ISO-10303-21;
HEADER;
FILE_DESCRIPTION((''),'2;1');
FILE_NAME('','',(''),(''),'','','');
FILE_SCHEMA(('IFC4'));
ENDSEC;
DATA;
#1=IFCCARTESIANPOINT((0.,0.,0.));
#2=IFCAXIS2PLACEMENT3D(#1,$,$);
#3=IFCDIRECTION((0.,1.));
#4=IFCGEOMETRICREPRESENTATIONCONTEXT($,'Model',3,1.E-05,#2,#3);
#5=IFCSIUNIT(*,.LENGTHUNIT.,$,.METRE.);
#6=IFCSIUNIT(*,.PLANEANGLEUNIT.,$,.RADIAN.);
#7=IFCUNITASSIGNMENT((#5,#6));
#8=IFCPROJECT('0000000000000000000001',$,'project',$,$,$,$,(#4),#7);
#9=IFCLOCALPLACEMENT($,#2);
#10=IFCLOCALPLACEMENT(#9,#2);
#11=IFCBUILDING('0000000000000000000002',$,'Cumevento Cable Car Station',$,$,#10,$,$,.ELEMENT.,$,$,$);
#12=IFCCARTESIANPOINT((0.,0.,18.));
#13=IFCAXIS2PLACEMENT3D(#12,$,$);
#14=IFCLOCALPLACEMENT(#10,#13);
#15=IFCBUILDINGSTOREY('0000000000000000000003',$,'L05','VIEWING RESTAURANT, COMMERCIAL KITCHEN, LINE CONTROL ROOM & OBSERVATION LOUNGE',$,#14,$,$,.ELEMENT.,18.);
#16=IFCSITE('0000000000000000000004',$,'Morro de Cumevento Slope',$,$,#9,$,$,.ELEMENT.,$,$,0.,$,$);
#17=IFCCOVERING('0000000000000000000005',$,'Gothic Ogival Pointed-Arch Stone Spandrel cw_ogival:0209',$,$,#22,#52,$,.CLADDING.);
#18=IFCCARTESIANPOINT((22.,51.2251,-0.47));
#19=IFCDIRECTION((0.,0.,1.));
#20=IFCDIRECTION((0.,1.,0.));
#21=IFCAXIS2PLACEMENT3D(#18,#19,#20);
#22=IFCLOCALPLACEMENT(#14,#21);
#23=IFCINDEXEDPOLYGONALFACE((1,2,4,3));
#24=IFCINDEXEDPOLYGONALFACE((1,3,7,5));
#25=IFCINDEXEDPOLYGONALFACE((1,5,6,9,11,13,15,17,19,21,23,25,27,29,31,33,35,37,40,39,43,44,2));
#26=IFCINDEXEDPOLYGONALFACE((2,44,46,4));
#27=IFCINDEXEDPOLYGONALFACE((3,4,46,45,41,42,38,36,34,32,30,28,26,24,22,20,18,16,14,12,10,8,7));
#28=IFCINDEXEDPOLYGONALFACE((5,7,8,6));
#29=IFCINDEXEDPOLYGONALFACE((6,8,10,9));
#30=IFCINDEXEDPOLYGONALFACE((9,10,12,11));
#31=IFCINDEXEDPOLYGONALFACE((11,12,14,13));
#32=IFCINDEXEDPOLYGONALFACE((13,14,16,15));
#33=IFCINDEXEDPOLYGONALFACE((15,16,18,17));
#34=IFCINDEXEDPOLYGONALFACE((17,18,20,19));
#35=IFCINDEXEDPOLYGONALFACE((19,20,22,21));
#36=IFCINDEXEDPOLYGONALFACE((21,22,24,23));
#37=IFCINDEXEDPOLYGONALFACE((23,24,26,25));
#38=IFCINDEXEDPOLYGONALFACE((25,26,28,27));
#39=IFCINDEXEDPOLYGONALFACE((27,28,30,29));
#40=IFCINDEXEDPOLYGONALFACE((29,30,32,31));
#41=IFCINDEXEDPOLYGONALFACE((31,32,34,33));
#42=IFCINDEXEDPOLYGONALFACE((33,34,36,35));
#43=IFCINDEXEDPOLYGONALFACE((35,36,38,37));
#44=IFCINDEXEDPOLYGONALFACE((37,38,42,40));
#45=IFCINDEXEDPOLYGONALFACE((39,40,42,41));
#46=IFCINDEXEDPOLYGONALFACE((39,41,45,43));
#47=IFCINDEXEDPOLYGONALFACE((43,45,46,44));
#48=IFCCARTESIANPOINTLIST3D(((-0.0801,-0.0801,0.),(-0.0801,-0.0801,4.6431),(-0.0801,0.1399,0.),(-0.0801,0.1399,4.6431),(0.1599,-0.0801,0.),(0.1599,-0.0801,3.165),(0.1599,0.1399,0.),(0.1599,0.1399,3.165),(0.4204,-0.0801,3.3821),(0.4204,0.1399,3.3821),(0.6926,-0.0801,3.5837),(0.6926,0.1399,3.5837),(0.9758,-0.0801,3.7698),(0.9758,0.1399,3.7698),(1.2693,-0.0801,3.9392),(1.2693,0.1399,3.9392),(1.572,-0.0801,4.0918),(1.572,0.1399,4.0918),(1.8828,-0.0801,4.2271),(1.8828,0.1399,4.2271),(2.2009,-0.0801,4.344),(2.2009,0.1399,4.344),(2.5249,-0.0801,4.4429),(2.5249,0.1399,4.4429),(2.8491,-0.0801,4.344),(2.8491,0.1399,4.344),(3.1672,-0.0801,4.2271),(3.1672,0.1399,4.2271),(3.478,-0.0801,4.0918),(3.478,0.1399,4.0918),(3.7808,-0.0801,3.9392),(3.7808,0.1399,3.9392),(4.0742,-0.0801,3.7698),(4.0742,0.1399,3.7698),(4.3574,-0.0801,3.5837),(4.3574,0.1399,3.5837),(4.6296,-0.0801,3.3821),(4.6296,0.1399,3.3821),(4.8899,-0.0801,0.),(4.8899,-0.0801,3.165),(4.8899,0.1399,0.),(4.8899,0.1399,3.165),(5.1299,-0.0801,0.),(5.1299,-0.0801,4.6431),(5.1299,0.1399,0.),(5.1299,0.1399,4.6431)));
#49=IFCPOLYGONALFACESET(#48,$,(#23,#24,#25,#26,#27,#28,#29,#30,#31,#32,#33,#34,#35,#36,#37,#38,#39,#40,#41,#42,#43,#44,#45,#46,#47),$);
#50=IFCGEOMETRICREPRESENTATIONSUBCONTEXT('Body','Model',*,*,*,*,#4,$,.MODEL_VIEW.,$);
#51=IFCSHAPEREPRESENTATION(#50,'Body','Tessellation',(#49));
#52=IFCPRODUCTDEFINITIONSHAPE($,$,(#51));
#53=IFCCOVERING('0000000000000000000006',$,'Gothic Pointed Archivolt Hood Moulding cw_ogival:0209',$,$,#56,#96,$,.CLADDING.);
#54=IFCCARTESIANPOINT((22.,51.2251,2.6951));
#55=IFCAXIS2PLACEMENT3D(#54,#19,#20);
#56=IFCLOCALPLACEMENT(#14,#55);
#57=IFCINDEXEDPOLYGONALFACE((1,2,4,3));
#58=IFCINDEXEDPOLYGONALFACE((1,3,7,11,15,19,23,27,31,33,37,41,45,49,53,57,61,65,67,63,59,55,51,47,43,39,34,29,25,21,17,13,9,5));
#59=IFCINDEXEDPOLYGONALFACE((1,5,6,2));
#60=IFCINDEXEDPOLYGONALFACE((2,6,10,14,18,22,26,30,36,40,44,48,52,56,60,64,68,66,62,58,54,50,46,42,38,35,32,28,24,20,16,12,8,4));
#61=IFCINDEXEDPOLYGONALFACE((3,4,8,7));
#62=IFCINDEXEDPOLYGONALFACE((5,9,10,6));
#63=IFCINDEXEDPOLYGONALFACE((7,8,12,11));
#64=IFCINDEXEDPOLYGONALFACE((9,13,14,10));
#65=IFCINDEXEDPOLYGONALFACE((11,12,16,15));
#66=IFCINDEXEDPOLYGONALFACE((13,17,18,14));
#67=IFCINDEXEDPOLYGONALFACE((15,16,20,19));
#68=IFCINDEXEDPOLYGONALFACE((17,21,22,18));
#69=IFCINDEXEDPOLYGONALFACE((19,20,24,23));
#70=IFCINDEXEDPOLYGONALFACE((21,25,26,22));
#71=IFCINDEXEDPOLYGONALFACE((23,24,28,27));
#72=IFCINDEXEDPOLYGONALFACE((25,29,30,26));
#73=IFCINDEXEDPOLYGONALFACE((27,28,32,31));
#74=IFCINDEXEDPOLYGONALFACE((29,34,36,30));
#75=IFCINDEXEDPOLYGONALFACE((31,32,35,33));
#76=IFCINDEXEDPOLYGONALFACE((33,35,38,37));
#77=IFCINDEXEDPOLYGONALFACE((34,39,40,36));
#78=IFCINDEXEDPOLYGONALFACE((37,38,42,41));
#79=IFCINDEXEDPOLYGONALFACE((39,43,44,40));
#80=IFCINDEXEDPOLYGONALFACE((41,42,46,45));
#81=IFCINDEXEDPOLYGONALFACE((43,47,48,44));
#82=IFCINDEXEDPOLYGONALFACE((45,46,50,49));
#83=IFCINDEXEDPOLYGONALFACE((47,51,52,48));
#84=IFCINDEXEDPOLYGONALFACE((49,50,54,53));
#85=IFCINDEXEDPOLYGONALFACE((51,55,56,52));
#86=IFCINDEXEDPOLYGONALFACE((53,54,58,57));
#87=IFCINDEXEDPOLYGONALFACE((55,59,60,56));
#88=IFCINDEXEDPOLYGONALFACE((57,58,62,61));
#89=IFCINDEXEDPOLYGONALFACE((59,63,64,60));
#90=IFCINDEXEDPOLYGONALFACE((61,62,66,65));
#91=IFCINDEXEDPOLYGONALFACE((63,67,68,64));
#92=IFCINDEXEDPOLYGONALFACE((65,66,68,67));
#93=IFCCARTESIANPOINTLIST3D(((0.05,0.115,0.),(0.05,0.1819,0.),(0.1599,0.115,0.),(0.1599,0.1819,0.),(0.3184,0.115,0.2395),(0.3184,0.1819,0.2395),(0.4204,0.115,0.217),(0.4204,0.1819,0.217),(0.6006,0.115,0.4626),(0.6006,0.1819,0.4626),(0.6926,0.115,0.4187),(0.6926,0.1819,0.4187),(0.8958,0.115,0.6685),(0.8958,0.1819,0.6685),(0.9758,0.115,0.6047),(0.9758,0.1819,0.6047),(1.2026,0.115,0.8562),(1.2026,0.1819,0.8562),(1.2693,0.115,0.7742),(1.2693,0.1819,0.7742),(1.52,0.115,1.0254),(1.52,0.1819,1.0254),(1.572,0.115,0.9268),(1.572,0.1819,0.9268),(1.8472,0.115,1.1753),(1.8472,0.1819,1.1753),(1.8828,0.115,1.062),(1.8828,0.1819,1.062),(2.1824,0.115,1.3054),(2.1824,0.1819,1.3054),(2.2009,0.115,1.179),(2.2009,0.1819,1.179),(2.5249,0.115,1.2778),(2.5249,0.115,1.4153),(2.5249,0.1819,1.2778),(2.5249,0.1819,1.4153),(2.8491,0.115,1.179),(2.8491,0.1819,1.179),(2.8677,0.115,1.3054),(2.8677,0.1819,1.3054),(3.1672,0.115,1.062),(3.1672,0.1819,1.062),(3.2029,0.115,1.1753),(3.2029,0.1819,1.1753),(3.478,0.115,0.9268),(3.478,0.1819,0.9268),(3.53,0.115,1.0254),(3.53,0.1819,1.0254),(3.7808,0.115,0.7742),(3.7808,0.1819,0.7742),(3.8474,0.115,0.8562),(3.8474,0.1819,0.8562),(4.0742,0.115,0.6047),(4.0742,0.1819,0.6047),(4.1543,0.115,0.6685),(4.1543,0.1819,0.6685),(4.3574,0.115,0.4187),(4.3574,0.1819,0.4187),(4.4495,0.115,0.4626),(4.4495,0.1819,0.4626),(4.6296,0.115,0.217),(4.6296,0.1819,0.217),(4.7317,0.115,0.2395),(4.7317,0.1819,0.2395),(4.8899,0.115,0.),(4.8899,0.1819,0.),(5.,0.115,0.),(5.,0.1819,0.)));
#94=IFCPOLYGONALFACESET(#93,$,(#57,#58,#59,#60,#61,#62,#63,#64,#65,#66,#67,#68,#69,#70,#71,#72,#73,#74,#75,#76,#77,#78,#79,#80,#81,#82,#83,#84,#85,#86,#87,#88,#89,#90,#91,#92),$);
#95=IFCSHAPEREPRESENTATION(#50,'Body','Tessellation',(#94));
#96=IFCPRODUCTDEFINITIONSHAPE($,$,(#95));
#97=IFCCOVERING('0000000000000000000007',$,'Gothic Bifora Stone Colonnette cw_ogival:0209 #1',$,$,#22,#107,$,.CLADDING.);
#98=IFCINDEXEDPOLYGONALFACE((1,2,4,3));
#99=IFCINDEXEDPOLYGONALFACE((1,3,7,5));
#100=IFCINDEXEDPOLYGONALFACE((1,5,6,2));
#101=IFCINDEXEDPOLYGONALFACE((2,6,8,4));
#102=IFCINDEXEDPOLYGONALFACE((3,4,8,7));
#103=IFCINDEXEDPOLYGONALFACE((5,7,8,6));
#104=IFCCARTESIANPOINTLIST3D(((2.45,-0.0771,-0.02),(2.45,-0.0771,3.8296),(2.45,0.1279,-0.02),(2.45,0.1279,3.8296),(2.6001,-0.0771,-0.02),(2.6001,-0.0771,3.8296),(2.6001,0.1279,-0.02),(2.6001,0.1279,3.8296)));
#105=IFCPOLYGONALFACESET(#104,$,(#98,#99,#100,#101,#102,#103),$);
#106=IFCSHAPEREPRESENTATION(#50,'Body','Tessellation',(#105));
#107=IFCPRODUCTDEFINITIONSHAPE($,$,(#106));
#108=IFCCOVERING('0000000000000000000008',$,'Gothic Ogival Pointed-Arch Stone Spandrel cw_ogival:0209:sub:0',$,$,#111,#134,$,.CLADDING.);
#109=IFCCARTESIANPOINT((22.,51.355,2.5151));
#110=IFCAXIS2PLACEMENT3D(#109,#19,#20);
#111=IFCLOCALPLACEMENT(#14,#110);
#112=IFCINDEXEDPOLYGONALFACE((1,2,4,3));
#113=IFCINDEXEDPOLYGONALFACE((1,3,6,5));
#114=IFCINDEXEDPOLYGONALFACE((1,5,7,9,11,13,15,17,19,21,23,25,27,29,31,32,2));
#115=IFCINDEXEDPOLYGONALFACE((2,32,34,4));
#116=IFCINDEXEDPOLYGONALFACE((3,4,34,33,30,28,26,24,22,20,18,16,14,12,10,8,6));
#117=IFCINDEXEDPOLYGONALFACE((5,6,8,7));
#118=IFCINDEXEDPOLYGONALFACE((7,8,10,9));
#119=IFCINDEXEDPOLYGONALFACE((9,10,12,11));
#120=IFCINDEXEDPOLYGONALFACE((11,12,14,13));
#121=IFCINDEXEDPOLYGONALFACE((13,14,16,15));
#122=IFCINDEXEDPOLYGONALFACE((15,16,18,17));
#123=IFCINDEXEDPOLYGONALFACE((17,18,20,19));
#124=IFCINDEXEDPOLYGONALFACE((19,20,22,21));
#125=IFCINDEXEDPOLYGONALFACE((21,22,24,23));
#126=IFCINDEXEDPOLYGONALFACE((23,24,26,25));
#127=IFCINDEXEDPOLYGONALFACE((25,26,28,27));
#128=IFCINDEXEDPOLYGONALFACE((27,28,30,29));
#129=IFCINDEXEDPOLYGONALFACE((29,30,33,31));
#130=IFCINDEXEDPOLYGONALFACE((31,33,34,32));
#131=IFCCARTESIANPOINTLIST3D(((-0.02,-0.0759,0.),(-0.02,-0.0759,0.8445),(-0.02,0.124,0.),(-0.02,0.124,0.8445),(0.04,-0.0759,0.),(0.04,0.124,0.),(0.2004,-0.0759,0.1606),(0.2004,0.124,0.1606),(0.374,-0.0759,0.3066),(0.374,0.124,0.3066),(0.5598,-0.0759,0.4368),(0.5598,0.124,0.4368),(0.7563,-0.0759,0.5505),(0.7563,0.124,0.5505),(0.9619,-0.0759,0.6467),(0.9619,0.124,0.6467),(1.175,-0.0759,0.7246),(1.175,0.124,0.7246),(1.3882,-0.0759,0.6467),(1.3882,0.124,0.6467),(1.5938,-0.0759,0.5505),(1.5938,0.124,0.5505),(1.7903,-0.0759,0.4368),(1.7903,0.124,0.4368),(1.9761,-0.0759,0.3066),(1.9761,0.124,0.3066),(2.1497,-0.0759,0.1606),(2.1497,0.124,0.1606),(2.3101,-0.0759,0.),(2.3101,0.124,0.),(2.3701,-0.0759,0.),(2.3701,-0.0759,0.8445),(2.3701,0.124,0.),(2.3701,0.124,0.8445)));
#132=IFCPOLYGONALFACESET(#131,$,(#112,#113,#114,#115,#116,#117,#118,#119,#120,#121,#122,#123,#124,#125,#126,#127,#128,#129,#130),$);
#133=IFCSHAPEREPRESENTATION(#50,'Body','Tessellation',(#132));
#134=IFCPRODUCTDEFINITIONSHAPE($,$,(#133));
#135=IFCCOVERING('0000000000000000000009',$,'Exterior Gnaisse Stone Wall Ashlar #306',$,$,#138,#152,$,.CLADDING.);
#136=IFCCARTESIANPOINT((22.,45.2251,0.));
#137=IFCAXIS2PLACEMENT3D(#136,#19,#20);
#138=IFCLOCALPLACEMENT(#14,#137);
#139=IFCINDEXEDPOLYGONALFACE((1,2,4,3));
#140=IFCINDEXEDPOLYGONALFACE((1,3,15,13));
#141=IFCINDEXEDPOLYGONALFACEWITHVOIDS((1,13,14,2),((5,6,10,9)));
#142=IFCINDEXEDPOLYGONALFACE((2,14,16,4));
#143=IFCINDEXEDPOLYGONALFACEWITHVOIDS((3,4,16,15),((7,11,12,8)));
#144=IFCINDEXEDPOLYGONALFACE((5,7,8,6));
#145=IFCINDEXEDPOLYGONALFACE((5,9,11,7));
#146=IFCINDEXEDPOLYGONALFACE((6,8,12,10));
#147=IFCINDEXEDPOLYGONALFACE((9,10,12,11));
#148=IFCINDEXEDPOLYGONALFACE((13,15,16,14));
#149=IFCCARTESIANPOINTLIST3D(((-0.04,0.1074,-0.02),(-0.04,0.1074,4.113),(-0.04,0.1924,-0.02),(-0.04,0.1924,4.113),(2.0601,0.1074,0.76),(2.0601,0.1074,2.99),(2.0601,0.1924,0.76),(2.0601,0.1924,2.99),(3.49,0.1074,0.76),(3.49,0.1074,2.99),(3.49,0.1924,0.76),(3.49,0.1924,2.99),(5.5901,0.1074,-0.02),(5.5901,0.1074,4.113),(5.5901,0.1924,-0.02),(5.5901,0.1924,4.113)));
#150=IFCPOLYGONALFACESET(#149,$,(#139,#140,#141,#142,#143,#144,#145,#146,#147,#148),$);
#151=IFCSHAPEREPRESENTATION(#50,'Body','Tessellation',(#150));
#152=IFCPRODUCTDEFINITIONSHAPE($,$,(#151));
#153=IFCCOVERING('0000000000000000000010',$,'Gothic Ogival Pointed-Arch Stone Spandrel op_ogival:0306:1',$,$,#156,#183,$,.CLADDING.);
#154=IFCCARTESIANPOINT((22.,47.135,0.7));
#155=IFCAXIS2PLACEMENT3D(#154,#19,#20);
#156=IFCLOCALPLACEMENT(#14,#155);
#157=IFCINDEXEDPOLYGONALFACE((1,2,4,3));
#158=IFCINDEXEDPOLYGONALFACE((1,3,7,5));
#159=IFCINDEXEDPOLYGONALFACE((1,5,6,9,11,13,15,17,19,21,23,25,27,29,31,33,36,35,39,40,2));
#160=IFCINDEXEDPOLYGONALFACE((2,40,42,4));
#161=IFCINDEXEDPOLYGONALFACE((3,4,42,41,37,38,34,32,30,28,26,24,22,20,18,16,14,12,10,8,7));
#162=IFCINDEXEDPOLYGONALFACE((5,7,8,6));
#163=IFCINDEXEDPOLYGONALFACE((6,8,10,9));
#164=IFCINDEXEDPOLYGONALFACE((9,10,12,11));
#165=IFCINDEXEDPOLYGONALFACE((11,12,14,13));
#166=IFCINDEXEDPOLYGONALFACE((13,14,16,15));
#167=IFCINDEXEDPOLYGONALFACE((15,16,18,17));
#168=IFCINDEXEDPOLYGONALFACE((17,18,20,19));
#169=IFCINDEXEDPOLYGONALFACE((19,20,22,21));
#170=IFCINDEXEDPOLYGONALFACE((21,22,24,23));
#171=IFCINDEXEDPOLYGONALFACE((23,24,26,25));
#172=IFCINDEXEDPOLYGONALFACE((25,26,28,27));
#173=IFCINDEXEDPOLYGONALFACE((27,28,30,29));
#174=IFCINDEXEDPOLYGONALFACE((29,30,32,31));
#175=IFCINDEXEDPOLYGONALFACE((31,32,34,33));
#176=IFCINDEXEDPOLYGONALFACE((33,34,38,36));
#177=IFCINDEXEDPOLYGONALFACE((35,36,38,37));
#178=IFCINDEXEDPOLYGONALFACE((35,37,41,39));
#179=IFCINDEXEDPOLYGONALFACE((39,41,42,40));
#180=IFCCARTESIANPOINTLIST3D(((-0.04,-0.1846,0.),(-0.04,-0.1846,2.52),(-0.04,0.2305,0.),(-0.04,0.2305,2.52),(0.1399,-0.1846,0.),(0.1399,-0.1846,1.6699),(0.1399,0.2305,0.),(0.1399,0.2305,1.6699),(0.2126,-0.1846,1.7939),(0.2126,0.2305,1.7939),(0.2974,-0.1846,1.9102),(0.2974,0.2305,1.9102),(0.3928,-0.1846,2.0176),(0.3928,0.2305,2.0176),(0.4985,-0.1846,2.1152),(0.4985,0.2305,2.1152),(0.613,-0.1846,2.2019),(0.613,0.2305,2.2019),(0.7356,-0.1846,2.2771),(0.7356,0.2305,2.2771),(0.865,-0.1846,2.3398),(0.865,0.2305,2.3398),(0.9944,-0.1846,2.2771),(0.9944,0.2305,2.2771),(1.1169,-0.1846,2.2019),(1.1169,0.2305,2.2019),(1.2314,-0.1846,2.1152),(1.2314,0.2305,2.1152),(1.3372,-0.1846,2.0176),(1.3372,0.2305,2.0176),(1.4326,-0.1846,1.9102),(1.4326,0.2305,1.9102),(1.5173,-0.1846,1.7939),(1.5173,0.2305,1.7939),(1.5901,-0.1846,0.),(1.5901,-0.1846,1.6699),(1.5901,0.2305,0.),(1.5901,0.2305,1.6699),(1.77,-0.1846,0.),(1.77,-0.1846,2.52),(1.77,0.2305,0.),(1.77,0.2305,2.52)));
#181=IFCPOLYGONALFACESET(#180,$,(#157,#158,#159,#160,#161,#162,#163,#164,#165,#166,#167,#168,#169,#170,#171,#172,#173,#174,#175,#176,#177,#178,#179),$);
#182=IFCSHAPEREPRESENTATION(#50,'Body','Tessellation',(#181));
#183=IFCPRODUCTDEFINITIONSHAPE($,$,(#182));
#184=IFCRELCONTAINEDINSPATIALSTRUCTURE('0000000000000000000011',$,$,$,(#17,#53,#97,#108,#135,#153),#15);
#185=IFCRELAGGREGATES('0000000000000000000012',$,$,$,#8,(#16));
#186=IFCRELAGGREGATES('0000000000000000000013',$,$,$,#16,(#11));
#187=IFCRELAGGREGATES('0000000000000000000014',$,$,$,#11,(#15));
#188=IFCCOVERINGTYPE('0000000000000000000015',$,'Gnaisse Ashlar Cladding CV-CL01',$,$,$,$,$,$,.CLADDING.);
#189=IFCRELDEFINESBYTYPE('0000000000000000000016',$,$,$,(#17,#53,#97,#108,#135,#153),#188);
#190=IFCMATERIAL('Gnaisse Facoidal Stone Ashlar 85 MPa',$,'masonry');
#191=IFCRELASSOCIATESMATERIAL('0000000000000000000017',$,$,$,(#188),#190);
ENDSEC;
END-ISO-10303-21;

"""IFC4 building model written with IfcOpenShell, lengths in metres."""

from ifc_helpers import new_model, si_unit, direction, frame, origin, place, context, subcontext, project, spatial, polyline, outline, extrude, material, type_object, element, save


model = new_model("IFC4")

# Units and contexts
model_context = context("Model", 3, precision=1e-05, world=origin(), true_north=direction((0.0, 1.0)))
body_context = subcontext(model_context, "Body", "Model", "MODEL_VIEW")
ifc_project = project(units=[si_unit("LENGTHUNIT", "METRE"), si_unit("PLANEANGLEUNIT", "RADIAN")], contexts=[model_context])

# Site, building, storey
site_placement = place(None, origin())
site = spatial("IfcSite", under=ifc_project, at=site_placement, Name="Morro de Cumevento Slope", CompositionType="ELEMENT", RefElevation=0.0)
building_placement = place(site_placement, origin())
building = spatial("IfcBuilding", under=site, at=building_placement, Name="Cumevento Cable Car Station", CompositionType="ELEMENT")
storey_placement = place(building_placement, frame((0.0, 0.0, 18.0)))
storey = spatial("IfcBuildingStorey", under=building, at=storey_placement, Name="L05", Description="VIEWING RESTAURANT, COMMERCIAL KITCHEN, LINE CONTROL ROOM & OBSERVATION LOUNGE", CompositionType="ELEMENT", Elevation=18.0)

# Coverings
ifc_material_1 = material(Name="Gnaisse Facoidal Stone Ashlar 85 MPa", Category="masonry")
covering_type = type_object("IfcCoveringType", Name="Gnaisse Ashlar Cladding CV-CL01", PredefinedType="CLADDING", material=ifc_material_1)
placement = place(storey_placement, frame((22.0, 51.2251, -0.47), z_axis=(0.0, 0.0, 1.0), x_axis=(0.0, 1.0, 0.0)))
element("IfcCovering", 1, at=placement, inside=storey, type_object=covering_type, Name="Gothic Ogival Pointed-Arch Stone Spandrel cw_ogival:0209", PredefinedType="CLADDING", context=body_context, shape_type="SweptSolid", body=[
    extrude(outline(polyline([(-0.0801, 0.0), (-0.0801, 4.6431), (5.1299, 4.6431), (5.1299, 0.0), (4.8899, 0.0), (4.8899, 3.165), (4.6296, 3.3821), (4.3574, 3.5837), (4.0742, 3.7698), (3.7808, 3.9392), (3.478, 4.0918), (3.1672, 4.2271), (2.8491, 4.344), (2.5249, 4.4429), (2.2009, 4.344), (1.8828, 4.2271), (1.572, 4.0918), (1.2693, 3.9392), (0.9758, 3.7698), (0.6926, 3.5837), (0.4204, 3.3821), (0.1599, 3.165), (0.1599, 0.0), (-0.0801, 0.0)])), frame((0.0, 0.1399, 0.0), z_axis=(0.0, -1.0, 0.0), x_axis=(1.0, 0.0, 0.0)), (0.0, 0.0, 1.0), 0.22),
])
covering_1_placement = place(storey_placement, frame((22.0, 51.2251, 2.6951), z_axis=(0.0, 0.0, 1.0), x_axis=(0.0, 1.0, 0.0)))
element("IfcCovering", 2, at=covering_1_placement, inside=storey, type_object=covering_type, Name="Gothic Pointed Archivolt Hood Moulding cw_ogival:0209", PredefinedType="CLADDING", context=body_context, shape_type="SweptSolid", body=[
    extrude(outline(polyline([(0.1599, 0.0), (0.4204, 0.217), (0.6926, 0.4187), (0.9758, 0.6047), (1.2693, 0.7742), (1.572, 0.9268), (1.8828, 1.062), (2.2009, 1.179), (2.5249, 1.2778), (2.8491, 1.179), (3.1672, 1.062), (3.478, 0.9268), (3.7808, 0.7742), (4.0742, 0.6047), (4.3574, 0.4187), (4.6296, 0.217), (4.8899, 0.0), (5.0, 0.0), (4.7317, 0.2395), (4.4495, 0.4626), (4.1543, 0.6685), (3.8474, 0.8562), (3.53, 1.0254), (3.2029, 1.1753), (2.8677, 1.3054), (2.5249, 1.4153), (2.1824, 1.3054), (1.8472, 1.1753), (1.52, 1.0254), (1.2026, 0.8562), (0.8958, 0.6685), (0.6006, 0.4626), (0.3184, 0.2395), (0.05, 0.0), (0.1599, 0.0)])), frame((0.0, 0.1819, 0.0), z_axis=(0.0, -1.0, 0.0), x_axis=(1.0, 0.0, 0.0)), (0.0, 0.0, 1.0), 0.0669),
])
element("IfcCovering", 3, at=placement, inside=storey, type_object=covering_type, Name="Gothic Bifora Stone Colonnette cw_ogival:0209 #1", PredefinedType="CLADDING", context=body_context, shape_type="SweptSolid", body=[
    extrude(outline(polyline([(2.45, -0.02), (2.6001, -0.02), (2.6001, 3.8296), (2.45, 3.8296), (2.45, -0.02)])), frame((0.0, 0.1279, 0.0), z_axis=(0.0, -1.0, 0.0), x_axis=(1.0, 0.0, 0.0)), (0.0, 0.0, 1.0), 0.2051),
])
covering_2_placement = place(storey_placement, frame((22.0, 51.355, 2.5151), z_axis=(0.0, 0.0, 1.0), x_axis=(0.0, 1.0, 0.0)))
element("IfcCovering", 4, at=covering_2_placement, inside=storey, type_object=covering_type, Name="Gothic Ogival Pointed-Arch Stone Spandrel cw_ogival:0209:sub:0", PredefinedType="CLADDING", context=body_context, shape_type="SweptSolid", body=[
    extrude(outline(polyline([(-0.02, 0.0), (-0.02, 0.8445), (2.3701, 0.8445), (2.3701, 0.0), (2.3101, 0.0), (2.1497, 0.1606), (1.9761, 0.3066), (1.7903, 0.4368), (1.5938, 0.5505), (1.3882, 0.6467), (1.175, 0.7246), (0.9619, 0.6467), (0.7563, 0.5505), (0.5598, 0.4368), (0.374, 0.3066), (0.2004, 0.1606), (0.04, 0.0), (-0.02, 0.0)])), frame((0.0, 0.124, 0.0), z_axis=(0.0, -1.0, 0.0), x_axis=(1.0, 0.0, 0.0)), (0.0, 0.0, 1.0), 0.2),
])
covering_3_placement = place(storey_placement, frame((22.0, 45.2251, 0.0), z_axis=(0.0, 0.0, 1.0), x_axis=(0.0, 1.0, 0.0)))
element("IfcCovering", 5, at=covering_3_placement, inside=storey, type_object=covering_type, Name="Exterior Gnaisse Stone Wall Ashlar #306", PredefinedType="CLADDING", context=body_context, shape_type="SweptSolid", body=[
    extrude(outline(polyline([(-0.04, -0.02), (5.5901, -0.02), (5.5901, 4.113), (-0.04, 4.113), (-0.04, -0.02)]), holes=[polyline([(2.0601, 0.76), (3.49, 0.76), (3.49, 2.99), (2.0601, 2.99), (2.0601, 0.76)])]), frame((0.0, 0.1924, 0.0), z_axis=(0.0, -1.0, 0.0), x_axis=(1.0, 0.0, 0.0)), (0.0, 0.0, 1.0), 0.085),
])
covering_4_placement = place(storey_placement, frame((22.0, 47.135, 0.7), z_axis=(0.0, 0.0, 1.0), x_axis=(0.0, 1.0, 0.0)))
element("IfcCovering", 6, at=covering_4_placement, inside=storey, type_object=covering_type, Name="Gothic Ogival Pointed-Arch Stone Spandrel op_ogival:0306:1", PredefinedType="CLADDING", context=body_context, shape_type="SweptSolid", body=[
    extrude(outline(polyline([(-0.04, 0.0), (-0.04, 2.52), (1.77, 2.52), (1.77, 0.0), (1.5901, 0.0), (1.5901, 1.6699), (1.5173, 1.7939), (1.4326, 1.9102), (1.3372, 2.0176), (1.2314, 2.1152), (1.1169, 2.2019), (0.9944, 2.2771), (0.865, 2.3398), (0.7356, 2.2771), (0.613, 2.2019), (0.4985, 2.1152), (0.3928, 2.0176), (0.2974, 1.9102), (0.2126, 1.7939), (0.1399, 1.6699), (0.1399, 0.0), (-0.04, 0.0)])), frame((0.0, 0.2305, 0.0), z_axis=(0.0, -1.0, 0.0), x_axis=(1.0, 0.0, 0.0)), (0.0, 0.0, 1.0), 0.415),
])

save(model, "model.ifc")
